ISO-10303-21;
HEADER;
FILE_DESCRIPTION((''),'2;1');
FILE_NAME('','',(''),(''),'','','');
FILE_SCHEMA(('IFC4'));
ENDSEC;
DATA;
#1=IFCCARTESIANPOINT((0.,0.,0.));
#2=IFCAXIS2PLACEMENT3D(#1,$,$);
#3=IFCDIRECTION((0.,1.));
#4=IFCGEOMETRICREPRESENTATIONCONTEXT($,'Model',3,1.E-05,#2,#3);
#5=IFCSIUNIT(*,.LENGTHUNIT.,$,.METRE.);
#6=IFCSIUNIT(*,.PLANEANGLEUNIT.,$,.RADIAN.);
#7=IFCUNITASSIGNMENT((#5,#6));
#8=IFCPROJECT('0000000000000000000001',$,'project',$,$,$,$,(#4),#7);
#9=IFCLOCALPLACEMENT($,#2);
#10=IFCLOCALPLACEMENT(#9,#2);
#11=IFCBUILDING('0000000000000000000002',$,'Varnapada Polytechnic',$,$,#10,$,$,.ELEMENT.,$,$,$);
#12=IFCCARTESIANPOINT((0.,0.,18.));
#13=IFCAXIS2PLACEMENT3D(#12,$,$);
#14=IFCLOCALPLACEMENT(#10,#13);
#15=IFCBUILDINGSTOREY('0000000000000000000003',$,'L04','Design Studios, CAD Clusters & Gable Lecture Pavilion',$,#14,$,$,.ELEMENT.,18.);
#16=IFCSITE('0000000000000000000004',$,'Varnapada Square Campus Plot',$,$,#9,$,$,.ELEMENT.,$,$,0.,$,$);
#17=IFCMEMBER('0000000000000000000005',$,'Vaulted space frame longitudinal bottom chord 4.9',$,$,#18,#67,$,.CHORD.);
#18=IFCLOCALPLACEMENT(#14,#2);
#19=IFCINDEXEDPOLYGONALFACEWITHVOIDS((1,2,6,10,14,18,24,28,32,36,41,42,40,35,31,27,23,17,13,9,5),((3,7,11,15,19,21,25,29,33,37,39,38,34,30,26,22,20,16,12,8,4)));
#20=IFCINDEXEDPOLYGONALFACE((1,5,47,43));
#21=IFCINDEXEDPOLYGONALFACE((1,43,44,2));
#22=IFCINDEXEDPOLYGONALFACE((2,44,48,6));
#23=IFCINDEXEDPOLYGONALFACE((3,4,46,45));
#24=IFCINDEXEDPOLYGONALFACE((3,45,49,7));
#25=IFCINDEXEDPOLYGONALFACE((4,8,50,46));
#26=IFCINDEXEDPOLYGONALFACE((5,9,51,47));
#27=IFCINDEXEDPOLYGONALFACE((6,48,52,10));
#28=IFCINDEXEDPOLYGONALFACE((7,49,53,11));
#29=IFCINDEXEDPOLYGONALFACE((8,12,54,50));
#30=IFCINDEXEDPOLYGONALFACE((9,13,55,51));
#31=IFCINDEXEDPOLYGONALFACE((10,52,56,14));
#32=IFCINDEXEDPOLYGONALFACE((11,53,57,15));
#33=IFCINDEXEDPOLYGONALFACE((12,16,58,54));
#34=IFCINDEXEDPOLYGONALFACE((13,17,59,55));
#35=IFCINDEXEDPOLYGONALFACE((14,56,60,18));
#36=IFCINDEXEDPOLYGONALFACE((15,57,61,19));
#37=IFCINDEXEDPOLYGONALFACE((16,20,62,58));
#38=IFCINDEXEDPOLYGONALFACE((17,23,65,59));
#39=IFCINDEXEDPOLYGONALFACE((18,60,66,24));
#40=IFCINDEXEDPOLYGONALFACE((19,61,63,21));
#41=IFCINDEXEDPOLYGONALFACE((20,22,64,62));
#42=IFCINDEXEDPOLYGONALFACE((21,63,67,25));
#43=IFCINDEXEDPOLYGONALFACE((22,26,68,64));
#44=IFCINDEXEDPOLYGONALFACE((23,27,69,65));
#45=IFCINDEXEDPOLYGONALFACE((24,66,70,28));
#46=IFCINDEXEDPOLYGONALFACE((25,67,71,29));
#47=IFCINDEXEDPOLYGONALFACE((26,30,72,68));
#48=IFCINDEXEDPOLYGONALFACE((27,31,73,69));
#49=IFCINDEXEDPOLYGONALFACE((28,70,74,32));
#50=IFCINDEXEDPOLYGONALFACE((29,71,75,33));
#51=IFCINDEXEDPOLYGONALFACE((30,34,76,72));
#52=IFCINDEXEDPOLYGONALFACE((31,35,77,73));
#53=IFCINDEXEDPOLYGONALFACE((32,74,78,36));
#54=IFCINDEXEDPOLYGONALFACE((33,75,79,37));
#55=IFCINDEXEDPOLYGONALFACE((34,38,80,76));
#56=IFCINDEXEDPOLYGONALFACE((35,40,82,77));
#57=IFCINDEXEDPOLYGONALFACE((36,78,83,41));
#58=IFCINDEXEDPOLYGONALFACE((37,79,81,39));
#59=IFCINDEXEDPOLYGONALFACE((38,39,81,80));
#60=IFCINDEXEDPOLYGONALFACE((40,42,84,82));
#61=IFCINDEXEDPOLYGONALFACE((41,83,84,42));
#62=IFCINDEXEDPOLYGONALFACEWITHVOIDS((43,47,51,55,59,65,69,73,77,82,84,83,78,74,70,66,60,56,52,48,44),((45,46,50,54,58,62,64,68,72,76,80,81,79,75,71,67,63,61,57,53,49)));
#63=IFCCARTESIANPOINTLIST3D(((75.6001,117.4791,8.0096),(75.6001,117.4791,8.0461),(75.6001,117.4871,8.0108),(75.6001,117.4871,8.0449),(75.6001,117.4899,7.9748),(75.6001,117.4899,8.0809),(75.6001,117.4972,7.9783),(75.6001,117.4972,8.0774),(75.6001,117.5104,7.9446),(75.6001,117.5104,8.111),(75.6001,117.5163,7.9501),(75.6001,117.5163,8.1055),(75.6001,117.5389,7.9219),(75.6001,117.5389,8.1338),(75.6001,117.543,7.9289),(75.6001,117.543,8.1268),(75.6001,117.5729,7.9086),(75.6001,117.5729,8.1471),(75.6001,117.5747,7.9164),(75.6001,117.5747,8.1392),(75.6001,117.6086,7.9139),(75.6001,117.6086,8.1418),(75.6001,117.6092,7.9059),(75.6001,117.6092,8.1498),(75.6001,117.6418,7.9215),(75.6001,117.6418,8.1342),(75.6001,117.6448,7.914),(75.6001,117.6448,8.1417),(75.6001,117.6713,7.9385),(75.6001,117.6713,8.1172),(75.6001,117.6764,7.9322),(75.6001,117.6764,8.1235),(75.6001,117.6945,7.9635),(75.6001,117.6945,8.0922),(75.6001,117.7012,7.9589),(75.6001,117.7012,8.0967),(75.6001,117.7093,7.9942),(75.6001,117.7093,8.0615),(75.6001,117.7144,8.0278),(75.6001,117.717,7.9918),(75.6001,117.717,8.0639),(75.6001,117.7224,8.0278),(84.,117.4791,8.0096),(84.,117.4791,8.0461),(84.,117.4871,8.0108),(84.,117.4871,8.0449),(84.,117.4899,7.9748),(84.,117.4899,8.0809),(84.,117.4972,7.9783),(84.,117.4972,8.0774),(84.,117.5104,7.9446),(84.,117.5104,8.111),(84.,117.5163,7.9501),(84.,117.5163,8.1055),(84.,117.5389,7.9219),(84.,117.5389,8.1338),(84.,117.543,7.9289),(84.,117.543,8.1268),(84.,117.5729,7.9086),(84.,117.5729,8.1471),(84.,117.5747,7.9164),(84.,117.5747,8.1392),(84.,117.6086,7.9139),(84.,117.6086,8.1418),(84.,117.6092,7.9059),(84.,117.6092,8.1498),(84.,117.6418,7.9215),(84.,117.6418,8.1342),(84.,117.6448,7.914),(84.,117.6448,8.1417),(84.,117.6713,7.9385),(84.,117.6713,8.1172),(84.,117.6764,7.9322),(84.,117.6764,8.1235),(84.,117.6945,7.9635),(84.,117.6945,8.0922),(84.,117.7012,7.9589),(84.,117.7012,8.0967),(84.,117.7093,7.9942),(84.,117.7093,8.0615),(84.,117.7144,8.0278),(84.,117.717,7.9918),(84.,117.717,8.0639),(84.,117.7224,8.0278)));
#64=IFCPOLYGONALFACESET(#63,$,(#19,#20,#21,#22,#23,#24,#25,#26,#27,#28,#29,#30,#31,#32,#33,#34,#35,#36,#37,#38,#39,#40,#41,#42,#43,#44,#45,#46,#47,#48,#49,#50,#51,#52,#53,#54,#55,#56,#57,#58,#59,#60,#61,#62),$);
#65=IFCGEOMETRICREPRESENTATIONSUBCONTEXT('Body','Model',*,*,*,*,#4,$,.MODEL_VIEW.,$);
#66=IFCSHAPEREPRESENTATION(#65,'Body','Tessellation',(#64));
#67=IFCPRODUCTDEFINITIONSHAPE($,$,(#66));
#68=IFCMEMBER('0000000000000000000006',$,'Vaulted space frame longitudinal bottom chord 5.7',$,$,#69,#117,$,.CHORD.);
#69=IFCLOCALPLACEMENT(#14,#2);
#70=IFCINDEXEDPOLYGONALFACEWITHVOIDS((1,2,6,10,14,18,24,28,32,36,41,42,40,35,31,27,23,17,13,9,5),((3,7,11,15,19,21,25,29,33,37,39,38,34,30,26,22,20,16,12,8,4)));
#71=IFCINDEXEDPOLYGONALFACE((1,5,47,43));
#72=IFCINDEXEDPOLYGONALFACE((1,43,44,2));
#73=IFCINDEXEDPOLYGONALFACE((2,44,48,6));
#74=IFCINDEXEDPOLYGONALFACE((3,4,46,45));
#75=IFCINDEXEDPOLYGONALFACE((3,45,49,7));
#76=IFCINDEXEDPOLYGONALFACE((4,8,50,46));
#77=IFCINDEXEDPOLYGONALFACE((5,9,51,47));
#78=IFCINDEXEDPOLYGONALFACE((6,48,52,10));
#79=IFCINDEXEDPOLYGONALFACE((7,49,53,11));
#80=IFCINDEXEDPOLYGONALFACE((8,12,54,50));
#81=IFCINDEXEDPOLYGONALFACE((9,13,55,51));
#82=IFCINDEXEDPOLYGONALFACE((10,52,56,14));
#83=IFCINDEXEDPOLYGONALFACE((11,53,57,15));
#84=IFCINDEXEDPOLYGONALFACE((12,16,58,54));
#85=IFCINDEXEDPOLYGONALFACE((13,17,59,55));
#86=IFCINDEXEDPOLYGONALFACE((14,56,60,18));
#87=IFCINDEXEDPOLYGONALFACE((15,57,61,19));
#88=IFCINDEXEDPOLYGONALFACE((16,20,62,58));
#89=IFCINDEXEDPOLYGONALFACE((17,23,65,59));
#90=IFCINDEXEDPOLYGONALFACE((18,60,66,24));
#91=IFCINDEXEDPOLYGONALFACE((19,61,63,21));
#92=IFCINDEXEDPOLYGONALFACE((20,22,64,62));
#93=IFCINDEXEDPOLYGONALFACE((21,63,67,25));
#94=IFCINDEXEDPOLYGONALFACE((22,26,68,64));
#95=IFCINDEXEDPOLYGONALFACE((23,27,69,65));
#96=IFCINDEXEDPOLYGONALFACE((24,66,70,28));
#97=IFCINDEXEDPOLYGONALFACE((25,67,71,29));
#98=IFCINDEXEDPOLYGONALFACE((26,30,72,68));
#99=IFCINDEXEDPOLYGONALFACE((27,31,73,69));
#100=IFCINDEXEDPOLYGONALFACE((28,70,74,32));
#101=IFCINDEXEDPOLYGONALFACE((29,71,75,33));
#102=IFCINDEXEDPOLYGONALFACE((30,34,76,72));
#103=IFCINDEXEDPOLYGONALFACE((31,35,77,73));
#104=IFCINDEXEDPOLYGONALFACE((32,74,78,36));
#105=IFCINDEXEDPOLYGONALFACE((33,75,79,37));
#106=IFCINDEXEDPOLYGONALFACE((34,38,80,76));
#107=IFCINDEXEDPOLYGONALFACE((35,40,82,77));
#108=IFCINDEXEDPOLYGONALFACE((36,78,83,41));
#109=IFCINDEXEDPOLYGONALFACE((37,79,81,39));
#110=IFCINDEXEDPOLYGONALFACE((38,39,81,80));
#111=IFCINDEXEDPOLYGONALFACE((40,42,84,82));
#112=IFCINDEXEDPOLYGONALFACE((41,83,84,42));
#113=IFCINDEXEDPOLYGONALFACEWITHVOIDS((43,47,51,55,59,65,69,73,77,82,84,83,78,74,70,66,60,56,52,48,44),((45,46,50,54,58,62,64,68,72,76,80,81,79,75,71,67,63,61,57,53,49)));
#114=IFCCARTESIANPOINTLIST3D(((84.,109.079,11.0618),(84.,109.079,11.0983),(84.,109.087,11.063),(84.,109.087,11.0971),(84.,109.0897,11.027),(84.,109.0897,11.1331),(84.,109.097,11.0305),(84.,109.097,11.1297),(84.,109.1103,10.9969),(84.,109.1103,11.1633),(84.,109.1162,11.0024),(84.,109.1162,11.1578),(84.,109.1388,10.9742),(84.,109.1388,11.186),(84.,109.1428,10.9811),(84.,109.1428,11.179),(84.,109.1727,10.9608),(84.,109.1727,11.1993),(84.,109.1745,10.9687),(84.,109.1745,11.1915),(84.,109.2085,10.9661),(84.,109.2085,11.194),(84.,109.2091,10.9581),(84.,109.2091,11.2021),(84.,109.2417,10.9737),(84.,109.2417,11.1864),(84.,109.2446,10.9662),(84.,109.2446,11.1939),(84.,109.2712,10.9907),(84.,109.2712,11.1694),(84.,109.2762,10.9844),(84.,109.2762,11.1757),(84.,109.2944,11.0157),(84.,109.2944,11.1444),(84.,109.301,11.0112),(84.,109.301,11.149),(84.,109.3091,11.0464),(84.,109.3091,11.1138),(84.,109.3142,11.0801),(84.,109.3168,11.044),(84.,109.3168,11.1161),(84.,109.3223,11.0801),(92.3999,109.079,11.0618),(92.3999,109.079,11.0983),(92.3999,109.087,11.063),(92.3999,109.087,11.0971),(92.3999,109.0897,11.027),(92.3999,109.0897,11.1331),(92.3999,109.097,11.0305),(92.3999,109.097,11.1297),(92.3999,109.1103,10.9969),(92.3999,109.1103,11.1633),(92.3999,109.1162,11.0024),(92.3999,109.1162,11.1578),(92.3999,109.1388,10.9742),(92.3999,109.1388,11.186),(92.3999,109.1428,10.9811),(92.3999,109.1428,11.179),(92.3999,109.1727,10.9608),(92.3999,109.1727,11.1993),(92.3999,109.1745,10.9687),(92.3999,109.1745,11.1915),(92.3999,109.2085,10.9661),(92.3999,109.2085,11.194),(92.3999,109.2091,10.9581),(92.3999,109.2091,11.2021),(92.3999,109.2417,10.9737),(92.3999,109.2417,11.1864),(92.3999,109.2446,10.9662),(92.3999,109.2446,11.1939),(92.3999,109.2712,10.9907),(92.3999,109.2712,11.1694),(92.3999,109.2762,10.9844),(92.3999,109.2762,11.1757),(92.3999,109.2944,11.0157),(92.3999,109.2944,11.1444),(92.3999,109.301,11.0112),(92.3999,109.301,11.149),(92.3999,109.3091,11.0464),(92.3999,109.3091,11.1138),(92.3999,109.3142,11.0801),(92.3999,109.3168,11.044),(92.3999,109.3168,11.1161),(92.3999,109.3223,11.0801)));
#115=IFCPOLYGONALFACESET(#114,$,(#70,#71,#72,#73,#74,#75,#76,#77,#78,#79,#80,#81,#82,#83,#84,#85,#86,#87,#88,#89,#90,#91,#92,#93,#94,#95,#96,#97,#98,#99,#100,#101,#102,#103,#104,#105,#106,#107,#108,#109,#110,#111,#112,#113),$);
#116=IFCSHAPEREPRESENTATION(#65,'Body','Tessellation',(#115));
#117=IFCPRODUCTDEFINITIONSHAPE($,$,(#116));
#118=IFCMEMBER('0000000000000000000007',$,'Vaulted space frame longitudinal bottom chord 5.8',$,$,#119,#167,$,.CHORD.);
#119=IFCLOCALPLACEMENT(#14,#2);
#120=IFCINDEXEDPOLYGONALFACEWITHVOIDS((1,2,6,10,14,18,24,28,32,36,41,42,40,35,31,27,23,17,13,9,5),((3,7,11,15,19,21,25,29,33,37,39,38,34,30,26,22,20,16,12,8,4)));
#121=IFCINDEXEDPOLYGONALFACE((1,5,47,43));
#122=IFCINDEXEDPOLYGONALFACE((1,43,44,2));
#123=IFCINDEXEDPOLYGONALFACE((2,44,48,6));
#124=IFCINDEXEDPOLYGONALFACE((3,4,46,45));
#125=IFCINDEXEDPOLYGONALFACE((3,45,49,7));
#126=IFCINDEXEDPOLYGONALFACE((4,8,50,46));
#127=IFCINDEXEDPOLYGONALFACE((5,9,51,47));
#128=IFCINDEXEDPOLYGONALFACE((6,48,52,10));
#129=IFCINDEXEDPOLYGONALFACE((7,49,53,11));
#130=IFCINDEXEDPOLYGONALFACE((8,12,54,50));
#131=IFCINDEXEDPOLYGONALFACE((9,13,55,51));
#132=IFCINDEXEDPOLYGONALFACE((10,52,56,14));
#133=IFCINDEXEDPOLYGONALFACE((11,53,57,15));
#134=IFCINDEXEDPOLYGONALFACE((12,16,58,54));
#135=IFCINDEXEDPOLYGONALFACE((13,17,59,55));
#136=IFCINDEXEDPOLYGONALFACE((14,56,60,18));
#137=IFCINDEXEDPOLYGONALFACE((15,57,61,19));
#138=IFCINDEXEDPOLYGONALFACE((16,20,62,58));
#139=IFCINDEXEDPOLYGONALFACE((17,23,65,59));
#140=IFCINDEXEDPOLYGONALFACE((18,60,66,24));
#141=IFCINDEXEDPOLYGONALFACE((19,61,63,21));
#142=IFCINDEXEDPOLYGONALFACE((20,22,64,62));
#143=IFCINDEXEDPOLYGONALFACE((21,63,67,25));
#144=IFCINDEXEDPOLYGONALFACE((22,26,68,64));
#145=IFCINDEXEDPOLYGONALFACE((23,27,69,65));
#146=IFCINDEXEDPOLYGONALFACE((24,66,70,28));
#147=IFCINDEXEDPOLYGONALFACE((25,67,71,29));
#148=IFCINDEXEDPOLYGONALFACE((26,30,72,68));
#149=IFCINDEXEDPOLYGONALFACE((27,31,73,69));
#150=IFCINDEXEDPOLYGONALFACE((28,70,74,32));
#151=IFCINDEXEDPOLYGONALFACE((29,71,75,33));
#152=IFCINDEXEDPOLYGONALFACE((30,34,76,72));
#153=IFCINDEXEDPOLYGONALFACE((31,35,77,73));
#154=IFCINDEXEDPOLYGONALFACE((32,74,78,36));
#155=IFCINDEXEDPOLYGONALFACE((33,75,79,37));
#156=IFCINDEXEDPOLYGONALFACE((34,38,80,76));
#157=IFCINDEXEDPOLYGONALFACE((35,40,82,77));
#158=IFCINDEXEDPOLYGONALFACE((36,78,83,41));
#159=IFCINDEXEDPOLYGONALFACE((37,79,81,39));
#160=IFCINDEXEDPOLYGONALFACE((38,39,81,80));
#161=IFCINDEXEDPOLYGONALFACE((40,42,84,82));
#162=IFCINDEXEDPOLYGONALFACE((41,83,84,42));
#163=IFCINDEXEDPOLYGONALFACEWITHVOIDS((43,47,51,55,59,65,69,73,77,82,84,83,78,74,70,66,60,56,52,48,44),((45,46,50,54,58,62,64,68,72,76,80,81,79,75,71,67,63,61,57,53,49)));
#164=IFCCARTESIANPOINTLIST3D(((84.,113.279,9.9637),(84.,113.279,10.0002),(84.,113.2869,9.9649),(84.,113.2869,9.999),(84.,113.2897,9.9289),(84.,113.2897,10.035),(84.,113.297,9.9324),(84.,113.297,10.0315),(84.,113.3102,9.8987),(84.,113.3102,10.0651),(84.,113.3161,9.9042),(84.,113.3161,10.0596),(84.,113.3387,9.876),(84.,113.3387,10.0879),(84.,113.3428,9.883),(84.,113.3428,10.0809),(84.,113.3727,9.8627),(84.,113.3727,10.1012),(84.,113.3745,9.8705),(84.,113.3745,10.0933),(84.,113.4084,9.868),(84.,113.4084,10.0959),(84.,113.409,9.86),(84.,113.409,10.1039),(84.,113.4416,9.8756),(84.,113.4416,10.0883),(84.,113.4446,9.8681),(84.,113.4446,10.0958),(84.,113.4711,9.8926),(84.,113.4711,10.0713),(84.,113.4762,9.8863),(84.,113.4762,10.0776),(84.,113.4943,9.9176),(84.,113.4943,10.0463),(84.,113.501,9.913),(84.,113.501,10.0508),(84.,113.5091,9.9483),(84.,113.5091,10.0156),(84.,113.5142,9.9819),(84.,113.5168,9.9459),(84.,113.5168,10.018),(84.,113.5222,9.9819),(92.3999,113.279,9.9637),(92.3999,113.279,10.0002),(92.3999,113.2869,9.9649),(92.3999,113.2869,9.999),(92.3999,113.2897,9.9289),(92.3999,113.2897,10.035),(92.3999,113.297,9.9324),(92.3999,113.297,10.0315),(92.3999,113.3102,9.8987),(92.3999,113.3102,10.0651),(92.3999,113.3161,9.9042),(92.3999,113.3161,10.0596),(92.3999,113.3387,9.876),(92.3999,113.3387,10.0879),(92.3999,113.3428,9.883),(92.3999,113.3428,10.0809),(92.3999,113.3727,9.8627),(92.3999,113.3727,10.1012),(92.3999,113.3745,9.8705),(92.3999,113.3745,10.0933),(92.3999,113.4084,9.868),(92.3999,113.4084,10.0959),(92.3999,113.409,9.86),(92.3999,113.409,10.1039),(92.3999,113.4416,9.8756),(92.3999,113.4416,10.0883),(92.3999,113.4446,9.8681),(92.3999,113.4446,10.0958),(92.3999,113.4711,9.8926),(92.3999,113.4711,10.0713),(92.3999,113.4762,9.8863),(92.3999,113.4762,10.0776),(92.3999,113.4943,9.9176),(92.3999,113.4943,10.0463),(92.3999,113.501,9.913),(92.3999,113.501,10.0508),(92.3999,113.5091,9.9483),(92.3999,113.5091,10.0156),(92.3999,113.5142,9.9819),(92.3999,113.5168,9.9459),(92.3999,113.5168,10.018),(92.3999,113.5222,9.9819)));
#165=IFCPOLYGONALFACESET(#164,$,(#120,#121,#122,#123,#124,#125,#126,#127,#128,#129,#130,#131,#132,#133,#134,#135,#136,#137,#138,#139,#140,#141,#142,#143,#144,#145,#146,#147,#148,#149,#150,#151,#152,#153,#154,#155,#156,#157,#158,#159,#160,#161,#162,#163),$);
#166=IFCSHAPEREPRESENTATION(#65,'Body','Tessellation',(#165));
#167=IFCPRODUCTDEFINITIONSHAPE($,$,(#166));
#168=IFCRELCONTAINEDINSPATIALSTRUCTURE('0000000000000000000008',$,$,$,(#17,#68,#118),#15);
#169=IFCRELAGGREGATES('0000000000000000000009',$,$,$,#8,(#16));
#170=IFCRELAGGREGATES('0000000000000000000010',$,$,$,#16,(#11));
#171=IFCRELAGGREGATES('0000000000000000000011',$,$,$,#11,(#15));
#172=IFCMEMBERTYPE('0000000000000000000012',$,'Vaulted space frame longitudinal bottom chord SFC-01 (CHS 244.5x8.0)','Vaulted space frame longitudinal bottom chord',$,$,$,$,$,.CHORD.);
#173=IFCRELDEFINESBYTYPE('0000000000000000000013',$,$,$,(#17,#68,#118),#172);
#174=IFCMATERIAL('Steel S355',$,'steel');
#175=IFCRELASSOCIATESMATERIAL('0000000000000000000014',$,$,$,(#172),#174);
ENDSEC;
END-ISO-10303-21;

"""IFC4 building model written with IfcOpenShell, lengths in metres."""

from ifc_helpers import new_model, si_unit, direction, frame, origin, origin_2d, place, context, subcontext, project, spatial, hollow_circle, extrude, material, material_profile, profile_set, type_object, element, save


model = new_model("IFC4")

# Units and contexts
model_context = context("Model", 3, precision=1e-05, world=origin(), true_north=direction((0.0, 1.0)))
body_context = subcontext(model_context, "Body", "Model", "MODEL_VIEW")
ifc_project = project(units=[si_unit("LENGTHUNIT", "METRE"), si_unit("PLANEANGLEUNIT", "RADIAN")], contexts=[model_context])

# Site, building, storey
site_placement = place(None, origin())
site = spatial("IfcSite", under=ifc_project, at=site_placement, Name="Varnapada Square Campus Plot", CompositionType="ELEMENT", RefElevation=0.0)
building_placement = place(site_placement, origin())
building = spatial("IfcBuilding", under=site, at=building_placement, Name="Varnapada Polytechnic", CompositionType="ELEMENT")
storey_placement = place(building_placement, frame((0.0, 0.0, 18.0)))
storey = spatial("IfcBuildingStorey", under=building, at=storey_placement, Name="L04", Description="Design Studios, CAD Clusters & Gable Lecture Pavilion", CompositionType="ELEMENT", Elevation=18.0)

# Members
ifc_material = material(Name="Steel S355", Category="steel")
ifc_material_profile_1 = material_profile(ifc_material, hollow_circle(Radius=0.1223, WallThickness=0.0081, at=origin_2d()), Name="CHS 244.5x8.0")
ifc_profile_set_1 = profile_set([ifc_material_profile_1], Name="Steel S355")
member_type_1 = type_object("IfcMemberType", Name="Vaulted space frame longitudinal bottom chord SFC-01 (CHS 244.5x8.0)", Description="Vaulted space frame longitudinal bottom chord", PredefinedType="CHORD", material=ifc_profile_set_1)
for number, where, z_axis, x_axis, name in (
    (1, (75.6001, 117.6001, 8.0278), (1.0, 0.0, 0.0), (0.0, 1.0, 0.0), "Vaulted space frame longitudinal bottom chord 4.9"),
    (2, (84.0, 109.2, 11.0801), (1.0, 0.0, 0.0), (0.0, 1.0, 0.0), "Vaulted space frame longitudinal bottom chord 5.7"),
    (3, (84.0, 113.3999, 9.9819), (1.0, 0.0, 0.0), (0.0, 1.0, 0.0), "Vaulted space frame longitudinal bottom chord 5.8"),
):
    element("IfcMember", number, at=place(storey_placement, frame(where, z_axis=z_axis, x_axis=x_axis)), inside=storey, type_object=member_type_1, Name=name, PredefinedType="CHORD", context=body_context, shape_type="SweptSolid", body=[
        extrude(hollow_circle(Radius=0.1223, WallThickness=0.0081, at=origin_2d()), origin(), (0.0, 0.0, 1.0), 8.3999),
    ])

save(model, "model.ifc")
